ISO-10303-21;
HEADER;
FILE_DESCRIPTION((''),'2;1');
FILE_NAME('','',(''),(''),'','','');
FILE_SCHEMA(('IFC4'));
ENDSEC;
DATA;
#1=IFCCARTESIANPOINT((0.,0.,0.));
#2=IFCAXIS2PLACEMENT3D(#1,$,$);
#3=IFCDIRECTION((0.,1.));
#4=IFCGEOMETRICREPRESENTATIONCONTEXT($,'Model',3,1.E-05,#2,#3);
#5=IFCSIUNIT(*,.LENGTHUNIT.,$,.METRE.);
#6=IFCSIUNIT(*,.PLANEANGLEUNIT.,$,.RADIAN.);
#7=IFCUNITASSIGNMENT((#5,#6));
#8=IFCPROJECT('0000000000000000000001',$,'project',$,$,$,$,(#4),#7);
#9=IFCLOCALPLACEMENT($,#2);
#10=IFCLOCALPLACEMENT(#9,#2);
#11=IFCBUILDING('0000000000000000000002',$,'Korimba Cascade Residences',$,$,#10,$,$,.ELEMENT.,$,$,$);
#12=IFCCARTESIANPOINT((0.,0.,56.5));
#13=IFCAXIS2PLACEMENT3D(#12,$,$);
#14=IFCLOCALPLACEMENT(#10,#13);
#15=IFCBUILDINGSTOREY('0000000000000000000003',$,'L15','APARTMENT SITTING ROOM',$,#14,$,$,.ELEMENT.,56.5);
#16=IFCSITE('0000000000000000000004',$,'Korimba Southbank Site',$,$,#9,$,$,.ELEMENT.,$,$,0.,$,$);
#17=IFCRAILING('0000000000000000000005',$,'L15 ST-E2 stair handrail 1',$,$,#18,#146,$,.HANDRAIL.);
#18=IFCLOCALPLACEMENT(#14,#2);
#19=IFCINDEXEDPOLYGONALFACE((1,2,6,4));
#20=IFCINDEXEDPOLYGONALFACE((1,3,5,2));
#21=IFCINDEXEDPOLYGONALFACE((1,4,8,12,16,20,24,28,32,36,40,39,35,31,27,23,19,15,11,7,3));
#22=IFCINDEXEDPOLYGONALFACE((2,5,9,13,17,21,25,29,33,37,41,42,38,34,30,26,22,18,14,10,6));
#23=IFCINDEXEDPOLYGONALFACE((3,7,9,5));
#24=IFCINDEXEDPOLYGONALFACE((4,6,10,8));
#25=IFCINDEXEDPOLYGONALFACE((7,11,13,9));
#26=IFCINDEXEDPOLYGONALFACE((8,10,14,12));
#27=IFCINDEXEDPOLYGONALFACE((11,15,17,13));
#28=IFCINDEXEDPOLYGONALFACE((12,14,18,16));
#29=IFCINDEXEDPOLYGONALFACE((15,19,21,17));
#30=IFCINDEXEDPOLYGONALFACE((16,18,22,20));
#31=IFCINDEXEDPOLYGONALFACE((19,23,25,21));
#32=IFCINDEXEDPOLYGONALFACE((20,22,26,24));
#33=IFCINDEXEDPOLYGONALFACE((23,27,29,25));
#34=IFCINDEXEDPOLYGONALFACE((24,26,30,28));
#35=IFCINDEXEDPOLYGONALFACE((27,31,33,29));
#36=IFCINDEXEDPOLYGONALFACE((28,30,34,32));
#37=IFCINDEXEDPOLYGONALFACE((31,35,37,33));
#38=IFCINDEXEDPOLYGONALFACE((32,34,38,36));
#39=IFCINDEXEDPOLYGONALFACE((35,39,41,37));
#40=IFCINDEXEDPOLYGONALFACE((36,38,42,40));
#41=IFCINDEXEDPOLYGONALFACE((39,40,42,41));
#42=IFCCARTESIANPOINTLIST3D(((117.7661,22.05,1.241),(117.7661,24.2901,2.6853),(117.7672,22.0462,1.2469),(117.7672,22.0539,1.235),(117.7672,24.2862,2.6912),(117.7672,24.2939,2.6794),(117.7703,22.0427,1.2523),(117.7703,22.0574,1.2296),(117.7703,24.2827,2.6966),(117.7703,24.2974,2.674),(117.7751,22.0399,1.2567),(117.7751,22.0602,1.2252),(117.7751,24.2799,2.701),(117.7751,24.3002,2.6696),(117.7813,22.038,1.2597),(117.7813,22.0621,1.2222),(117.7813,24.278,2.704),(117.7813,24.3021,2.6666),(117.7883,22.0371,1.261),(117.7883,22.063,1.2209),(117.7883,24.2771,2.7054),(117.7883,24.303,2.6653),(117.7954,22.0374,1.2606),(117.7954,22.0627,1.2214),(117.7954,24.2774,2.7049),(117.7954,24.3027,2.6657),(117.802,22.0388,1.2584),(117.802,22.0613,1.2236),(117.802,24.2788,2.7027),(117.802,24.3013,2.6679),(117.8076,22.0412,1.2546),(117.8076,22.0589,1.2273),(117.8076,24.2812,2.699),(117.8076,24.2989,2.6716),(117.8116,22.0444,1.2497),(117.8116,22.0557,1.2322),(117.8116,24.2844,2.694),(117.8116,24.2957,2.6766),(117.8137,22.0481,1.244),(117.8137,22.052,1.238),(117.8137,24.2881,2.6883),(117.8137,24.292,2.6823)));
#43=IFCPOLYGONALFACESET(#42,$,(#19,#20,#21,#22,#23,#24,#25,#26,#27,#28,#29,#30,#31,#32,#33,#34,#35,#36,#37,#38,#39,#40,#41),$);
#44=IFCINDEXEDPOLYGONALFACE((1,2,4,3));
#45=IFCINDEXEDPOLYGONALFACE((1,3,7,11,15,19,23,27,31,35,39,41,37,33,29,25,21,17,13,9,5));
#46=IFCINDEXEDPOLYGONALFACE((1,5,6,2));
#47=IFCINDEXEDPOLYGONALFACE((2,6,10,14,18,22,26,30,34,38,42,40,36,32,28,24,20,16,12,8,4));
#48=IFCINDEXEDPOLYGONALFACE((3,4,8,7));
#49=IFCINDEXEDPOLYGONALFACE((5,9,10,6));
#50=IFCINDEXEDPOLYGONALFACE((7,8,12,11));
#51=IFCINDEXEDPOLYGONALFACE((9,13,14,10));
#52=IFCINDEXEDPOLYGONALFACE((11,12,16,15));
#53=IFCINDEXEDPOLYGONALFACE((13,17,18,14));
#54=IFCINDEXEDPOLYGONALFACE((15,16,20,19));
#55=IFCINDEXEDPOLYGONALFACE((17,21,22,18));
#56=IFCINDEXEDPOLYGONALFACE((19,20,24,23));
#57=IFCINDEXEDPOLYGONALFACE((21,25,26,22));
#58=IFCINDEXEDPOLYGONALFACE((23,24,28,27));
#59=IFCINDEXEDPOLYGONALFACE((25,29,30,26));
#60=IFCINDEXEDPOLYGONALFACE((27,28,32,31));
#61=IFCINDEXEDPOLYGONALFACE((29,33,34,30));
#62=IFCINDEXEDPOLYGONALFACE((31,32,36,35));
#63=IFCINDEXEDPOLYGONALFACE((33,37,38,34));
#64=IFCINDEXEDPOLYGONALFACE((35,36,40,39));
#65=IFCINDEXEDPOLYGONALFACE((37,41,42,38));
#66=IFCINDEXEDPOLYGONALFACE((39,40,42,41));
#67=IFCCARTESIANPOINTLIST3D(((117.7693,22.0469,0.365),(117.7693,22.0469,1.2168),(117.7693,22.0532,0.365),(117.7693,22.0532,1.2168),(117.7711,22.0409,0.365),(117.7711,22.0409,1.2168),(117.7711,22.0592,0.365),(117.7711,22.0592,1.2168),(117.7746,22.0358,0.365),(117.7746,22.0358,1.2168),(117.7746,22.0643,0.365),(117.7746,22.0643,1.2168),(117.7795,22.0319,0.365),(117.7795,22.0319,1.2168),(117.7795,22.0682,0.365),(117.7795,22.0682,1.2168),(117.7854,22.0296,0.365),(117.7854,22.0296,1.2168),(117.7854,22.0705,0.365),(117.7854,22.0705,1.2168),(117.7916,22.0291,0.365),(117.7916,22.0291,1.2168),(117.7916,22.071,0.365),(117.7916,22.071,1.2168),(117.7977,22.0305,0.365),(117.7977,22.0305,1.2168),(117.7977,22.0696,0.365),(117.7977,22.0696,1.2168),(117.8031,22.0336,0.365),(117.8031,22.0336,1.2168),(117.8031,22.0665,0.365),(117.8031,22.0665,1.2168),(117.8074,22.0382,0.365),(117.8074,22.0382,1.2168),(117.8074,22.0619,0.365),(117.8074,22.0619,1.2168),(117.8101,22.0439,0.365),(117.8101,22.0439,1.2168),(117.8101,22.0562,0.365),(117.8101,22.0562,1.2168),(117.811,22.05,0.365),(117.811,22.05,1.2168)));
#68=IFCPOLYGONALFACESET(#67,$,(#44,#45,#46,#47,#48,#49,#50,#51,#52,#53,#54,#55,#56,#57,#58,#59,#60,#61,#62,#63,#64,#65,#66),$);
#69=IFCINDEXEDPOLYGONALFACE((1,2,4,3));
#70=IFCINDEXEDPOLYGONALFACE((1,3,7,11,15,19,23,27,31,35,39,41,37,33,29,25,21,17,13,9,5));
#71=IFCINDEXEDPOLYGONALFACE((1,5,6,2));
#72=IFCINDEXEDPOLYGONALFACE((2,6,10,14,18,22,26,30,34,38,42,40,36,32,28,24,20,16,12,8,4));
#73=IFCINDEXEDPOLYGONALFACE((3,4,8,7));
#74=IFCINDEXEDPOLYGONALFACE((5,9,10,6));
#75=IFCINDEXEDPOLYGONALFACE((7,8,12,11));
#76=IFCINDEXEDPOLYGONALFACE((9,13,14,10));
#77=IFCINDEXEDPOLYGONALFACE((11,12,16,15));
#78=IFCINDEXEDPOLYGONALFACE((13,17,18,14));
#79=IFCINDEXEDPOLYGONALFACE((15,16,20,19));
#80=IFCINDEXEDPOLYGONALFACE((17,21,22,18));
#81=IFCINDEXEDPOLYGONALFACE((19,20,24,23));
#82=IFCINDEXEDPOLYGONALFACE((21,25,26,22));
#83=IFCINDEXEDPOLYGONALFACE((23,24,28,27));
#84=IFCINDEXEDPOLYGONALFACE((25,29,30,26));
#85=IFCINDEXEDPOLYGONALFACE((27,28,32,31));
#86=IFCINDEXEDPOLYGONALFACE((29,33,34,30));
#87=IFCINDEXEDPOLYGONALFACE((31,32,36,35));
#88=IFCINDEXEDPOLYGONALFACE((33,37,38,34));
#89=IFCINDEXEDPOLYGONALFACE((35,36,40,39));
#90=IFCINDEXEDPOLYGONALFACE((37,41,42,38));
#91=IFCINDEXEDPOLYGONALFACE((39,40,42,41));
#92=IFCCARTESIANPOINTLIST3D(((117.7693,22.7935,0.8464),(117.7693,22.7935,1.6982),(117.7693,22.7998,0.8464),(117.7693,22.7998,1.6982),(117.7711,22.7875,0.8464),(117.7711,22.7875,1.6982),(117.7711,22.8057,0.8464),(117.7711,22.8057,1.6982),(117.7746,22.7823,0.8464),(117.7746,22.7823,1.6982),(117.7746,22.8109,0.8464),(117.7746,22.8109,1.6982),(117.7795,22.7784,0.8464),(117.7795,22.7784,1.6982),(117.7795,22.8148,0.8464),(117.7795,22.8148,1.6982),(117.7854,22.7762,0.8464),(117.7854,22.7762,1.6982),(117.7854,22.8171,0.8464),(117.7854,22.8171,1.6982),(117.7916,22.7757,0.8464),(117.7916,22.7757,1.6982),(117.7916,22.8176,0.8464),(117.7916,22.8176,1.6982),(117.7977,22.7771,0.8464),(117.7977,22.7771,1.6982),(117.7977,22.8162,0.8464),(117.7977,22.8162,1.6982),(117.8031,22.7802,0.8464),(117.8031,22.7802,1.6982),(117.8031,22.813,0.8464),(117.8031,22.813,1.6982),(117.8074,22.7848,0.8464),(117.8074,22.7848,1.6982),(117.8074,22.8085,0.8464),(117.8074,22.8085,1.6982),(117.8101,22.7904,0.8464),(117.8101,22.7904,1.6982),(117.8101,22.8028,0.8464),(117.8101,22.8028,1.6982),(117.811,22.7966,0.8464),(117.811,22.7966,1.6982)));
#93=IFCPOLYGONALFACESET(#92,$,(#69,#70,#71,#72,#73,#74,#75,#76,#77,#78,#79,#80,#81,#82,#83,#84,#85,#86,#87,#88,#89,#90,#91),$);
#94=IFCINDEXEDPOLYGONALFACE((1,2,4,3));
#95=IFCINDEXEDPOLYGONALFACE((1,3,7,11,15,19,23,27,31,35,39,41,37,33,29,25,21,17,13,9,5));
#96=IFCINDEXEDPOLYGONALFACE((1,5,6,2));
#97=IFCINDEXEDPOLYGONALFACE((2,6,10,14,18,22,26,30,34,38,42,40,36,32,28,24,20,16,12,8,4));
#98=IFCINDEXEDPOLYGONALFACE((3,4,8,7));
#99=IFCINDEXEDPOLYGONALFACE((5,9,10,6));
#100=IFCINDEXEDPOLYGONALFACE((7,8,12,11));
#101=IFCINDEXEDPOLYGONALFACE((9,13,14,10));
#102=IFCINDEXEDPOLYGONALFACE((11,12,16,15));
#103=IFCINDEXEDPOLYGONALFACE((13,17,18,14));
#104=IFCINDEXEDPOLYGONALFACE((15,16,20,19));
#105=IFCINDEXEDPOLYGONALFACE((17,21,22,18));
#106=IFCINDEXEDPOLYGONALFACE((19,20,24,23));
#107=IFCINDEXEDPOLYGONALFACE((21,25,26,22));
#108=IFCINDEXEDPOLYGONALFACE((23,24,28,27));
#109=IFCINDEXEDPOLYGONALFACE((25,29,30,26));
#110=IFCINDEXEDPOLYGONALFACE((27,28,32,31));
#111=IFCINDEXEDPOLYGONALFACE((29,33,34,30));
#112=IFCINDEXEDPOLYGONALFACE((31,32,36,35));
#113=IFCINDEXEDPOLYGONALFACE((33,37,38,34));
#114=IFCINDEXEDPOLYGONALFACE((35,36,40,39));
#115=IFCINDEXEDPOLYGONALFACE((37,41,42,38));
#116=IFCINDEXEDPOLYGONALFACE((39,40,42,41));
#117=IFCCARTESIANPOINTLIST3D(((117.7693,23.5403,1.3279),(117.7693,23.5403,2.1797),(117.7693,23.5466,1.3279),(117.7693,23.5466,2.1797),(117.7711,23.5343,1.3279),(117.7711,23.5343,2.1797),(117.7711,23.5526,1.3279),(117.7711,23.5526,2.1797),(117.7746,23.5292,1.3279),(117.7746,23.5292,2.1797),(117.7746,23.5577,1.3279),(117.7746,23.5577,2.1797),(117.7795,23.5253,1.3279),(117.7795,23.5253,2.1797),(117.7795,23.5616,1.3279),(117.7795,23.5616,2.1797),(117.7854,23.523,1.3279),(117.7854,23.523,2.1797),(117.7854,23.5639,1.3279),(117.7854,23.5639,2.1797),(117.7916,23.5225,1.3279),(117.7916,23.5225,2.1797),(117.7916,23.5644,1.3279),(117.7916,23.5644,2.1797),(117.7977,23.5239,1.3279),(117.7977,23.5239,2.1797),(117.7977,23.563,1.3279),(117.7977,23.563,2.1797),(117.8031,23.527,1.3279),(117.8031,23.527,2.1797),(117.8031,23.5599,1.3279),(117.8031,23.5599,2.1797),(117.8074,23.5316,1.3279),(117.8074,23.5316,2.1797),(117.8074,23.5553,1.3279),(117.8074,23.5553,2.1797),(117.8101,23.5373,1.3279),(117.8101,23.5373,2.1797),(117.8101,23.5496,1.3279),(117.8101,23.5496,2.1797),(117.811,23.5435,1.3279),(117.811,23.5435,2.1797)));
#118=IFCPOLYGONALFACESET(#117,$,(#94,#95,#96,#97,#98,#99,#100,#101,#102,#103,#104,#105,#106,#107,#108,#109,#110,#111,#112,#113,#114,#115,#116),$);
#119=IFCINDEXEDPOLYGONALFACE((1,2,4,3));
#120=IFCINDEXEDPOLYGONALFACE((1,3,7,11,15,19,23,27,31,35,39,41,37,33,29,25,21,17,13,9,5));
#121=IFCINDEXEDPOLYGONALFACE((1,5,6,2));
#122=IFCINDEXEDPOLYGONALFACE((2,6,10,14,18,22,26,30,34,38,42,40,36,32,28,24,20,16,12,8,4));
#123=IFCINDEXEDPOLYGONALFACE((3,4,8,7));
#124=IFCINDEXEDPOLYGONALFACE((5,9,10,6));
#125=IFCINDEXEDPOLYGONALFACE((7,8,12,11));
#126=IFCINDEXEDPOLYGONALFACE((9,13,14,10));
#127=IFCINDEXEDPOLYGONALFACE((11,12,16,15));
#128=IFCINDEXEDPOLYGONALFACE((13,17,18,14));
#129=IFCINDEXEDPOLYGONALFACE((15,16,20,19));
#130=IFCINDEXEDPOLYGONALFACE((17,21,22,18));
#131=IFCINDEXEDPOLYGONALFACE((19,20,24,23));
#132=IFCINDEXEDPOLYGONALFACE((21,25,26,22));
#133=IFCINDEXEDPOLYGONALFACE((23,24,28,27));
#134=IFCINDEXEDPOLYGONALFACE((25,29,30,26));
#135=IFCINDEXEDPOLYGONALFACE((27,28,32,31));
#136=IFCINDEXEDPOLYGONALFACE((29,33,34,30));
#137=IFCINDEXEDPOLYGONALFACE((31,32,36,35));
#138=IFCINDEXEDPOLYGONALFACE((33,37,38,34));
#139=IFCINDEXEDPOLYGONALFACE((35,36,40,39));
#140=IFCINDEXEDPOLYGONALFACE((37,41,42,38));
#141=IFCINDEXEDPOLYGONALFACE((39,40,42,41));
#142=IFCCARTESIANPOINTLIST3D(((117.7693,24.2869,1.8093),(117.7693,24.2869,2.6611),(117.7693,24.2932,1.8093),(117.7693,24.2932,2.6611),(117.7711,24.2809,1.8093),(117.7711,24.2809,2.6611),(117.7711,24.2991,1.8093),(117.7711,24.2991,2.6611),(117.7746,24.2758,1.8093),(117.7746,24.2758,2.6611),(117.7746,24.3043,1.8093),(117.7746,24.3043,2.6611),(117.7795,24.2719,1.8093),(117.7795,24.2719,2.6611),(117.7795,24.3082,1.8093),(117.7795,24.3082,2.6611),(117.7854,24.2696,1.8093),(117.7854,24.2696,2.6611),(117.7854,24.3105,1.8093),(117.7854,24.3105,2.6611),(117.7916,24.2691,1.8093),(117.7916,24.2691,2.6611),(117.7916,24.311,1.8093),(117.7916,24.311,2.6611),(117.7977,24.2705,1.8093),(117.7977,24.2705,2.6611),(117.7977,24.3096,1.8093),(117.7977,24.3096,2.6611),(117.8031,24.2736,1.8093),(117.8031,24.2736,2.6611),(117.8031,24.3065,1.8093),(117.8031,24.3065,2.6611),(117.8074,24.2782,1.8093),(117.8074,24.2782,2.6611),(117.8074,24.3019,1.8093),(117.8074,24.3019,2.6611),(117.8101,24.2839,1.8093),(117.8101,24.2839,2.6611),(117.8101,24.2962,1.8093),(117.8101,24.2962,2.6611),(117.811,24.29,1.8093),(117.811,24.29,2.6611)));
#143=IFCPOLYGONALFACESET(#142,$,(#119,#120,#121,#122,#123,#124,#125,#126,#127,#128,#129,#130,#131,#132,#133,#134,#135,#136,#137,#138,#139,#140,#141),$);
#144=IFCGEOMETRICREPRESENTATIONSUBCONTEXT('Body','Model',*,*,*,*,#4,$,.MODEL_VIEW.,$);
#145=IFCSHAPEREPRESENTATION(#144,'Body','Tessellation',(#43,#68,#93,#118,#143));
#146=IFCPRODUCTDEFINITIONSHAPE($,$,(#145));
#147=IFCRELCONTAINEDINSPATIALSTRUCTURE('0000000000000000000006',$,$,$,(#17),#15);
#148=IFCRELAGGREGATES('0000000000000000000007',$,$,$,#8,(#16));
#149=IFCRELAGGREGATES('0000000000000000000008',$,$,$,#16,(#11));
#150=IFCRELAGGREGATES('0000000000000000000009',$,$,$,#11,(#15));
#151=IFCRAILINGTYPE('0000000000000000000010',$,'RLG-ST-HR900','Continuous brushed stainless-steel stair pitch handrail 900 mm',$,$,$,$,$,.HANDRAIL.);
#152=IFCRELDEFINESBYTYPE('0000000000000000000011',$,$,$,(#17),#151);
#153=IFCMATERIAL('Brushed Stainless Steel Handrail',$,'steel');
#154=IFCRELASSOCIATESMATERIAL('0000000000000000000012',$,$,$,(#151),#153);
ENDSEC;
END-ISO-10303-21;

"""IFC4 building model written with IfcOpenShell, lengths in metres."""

from ifc_helpers import new_model, si_unit, direction, frame, origin, origin_2d, place, context, subcontext, project, spatial, circle, extrude, material, type_object, element, save


model = new_model("IFC4")

# Units and contexts
model_context = context("Model", 3, precision=1e-05, world=origin(), true_north=direction((0.0, 1.0)))
body_context = subcontext(model_context, "Body", "Model", "MODEL_VIEW")
ifc_project = project(units=[si_unit("LENGTHUNIT", "METRE"), si_unit("PLANEANGLEUNIT", "RADIAN")], contexts=[model_context])

# Site, building, storey
site_placement = place(None, origin())
site = spatial("IfcSite", under=ifc_project, at=site_placement, Name="Korimba Southbank Site", CompositionType="ELEMENT", RefElevation=0.0)
building_placement = place(site_placement, origin())
building = spatial("IfcBuilding", under=site, at=building_placement, Name="Korimba Cascade Residences", CompositionType="ELEMENT")
storey_placement = place(building_placement, frame((0.0, 0.0, 56.5)))
storey = spatial("IfcBuildingStorey", under=building, at=storey_placement, Name="L15", Description="APARTMENT SITTING ROOM", CompositionType="ELEMENT", Elevation=56.5)

# Railing
ifc_material_1 = material(Name="Brushed Stainless Steel Handrail", Category="steel")
railing_type_1 = type_object("IfcRailingType", Name="RLG-ST-HR900", Description="Continuous brushed stainless-steel stair pitch handrail 900 mm", PredefinedType="HANDRAIL", material=ifc_material_1)
railing_1_placement = place(storey_placement, frame((117.79, 22.05, 0.365)))
element("IfcRailing", 1, at=railing_1_placement, inside=storey, type_object=railing_type_1, Name="L15 ST-E2 stair handrail 1", PredefinedType="HANDRAIL", context=body_context, shape_type="SweptSolid", body=[
    extrude(circle(Radius=0.0239, at=origin_2d()), frame((0.0, 0.0, 0.876), z_axis=(0.0, 0.840437, 0.54191), x_axis=(-1.0, 0.0, 0.0)), (0.0, 0.0, 1.0), 2.6653),
    extrude(circle(Radius=0.021, at=origin_2d()), origin(), (0.0, 0.0, 1.0), 0.8518),
    extrude(circle(Radius=0.021, at=origin_2d()), frame((0.0, 0.7466, 0.4814)), (0.0, 0.0, 1.0), 0.8518),
    extrude(circle(Radius=0.021, at=origin_2d()), frame((0.0, 1.4934, 0.9629)), (0.0, 0.0, 1.0), 0.8518),
    extrude(circle(Radius=0.021, at=origin_2d()), frame((0.0, 2.24, 1.4443)), (0.0, 0.0, 1.0), 0.8518),
])

save(model, "model.ifc")
